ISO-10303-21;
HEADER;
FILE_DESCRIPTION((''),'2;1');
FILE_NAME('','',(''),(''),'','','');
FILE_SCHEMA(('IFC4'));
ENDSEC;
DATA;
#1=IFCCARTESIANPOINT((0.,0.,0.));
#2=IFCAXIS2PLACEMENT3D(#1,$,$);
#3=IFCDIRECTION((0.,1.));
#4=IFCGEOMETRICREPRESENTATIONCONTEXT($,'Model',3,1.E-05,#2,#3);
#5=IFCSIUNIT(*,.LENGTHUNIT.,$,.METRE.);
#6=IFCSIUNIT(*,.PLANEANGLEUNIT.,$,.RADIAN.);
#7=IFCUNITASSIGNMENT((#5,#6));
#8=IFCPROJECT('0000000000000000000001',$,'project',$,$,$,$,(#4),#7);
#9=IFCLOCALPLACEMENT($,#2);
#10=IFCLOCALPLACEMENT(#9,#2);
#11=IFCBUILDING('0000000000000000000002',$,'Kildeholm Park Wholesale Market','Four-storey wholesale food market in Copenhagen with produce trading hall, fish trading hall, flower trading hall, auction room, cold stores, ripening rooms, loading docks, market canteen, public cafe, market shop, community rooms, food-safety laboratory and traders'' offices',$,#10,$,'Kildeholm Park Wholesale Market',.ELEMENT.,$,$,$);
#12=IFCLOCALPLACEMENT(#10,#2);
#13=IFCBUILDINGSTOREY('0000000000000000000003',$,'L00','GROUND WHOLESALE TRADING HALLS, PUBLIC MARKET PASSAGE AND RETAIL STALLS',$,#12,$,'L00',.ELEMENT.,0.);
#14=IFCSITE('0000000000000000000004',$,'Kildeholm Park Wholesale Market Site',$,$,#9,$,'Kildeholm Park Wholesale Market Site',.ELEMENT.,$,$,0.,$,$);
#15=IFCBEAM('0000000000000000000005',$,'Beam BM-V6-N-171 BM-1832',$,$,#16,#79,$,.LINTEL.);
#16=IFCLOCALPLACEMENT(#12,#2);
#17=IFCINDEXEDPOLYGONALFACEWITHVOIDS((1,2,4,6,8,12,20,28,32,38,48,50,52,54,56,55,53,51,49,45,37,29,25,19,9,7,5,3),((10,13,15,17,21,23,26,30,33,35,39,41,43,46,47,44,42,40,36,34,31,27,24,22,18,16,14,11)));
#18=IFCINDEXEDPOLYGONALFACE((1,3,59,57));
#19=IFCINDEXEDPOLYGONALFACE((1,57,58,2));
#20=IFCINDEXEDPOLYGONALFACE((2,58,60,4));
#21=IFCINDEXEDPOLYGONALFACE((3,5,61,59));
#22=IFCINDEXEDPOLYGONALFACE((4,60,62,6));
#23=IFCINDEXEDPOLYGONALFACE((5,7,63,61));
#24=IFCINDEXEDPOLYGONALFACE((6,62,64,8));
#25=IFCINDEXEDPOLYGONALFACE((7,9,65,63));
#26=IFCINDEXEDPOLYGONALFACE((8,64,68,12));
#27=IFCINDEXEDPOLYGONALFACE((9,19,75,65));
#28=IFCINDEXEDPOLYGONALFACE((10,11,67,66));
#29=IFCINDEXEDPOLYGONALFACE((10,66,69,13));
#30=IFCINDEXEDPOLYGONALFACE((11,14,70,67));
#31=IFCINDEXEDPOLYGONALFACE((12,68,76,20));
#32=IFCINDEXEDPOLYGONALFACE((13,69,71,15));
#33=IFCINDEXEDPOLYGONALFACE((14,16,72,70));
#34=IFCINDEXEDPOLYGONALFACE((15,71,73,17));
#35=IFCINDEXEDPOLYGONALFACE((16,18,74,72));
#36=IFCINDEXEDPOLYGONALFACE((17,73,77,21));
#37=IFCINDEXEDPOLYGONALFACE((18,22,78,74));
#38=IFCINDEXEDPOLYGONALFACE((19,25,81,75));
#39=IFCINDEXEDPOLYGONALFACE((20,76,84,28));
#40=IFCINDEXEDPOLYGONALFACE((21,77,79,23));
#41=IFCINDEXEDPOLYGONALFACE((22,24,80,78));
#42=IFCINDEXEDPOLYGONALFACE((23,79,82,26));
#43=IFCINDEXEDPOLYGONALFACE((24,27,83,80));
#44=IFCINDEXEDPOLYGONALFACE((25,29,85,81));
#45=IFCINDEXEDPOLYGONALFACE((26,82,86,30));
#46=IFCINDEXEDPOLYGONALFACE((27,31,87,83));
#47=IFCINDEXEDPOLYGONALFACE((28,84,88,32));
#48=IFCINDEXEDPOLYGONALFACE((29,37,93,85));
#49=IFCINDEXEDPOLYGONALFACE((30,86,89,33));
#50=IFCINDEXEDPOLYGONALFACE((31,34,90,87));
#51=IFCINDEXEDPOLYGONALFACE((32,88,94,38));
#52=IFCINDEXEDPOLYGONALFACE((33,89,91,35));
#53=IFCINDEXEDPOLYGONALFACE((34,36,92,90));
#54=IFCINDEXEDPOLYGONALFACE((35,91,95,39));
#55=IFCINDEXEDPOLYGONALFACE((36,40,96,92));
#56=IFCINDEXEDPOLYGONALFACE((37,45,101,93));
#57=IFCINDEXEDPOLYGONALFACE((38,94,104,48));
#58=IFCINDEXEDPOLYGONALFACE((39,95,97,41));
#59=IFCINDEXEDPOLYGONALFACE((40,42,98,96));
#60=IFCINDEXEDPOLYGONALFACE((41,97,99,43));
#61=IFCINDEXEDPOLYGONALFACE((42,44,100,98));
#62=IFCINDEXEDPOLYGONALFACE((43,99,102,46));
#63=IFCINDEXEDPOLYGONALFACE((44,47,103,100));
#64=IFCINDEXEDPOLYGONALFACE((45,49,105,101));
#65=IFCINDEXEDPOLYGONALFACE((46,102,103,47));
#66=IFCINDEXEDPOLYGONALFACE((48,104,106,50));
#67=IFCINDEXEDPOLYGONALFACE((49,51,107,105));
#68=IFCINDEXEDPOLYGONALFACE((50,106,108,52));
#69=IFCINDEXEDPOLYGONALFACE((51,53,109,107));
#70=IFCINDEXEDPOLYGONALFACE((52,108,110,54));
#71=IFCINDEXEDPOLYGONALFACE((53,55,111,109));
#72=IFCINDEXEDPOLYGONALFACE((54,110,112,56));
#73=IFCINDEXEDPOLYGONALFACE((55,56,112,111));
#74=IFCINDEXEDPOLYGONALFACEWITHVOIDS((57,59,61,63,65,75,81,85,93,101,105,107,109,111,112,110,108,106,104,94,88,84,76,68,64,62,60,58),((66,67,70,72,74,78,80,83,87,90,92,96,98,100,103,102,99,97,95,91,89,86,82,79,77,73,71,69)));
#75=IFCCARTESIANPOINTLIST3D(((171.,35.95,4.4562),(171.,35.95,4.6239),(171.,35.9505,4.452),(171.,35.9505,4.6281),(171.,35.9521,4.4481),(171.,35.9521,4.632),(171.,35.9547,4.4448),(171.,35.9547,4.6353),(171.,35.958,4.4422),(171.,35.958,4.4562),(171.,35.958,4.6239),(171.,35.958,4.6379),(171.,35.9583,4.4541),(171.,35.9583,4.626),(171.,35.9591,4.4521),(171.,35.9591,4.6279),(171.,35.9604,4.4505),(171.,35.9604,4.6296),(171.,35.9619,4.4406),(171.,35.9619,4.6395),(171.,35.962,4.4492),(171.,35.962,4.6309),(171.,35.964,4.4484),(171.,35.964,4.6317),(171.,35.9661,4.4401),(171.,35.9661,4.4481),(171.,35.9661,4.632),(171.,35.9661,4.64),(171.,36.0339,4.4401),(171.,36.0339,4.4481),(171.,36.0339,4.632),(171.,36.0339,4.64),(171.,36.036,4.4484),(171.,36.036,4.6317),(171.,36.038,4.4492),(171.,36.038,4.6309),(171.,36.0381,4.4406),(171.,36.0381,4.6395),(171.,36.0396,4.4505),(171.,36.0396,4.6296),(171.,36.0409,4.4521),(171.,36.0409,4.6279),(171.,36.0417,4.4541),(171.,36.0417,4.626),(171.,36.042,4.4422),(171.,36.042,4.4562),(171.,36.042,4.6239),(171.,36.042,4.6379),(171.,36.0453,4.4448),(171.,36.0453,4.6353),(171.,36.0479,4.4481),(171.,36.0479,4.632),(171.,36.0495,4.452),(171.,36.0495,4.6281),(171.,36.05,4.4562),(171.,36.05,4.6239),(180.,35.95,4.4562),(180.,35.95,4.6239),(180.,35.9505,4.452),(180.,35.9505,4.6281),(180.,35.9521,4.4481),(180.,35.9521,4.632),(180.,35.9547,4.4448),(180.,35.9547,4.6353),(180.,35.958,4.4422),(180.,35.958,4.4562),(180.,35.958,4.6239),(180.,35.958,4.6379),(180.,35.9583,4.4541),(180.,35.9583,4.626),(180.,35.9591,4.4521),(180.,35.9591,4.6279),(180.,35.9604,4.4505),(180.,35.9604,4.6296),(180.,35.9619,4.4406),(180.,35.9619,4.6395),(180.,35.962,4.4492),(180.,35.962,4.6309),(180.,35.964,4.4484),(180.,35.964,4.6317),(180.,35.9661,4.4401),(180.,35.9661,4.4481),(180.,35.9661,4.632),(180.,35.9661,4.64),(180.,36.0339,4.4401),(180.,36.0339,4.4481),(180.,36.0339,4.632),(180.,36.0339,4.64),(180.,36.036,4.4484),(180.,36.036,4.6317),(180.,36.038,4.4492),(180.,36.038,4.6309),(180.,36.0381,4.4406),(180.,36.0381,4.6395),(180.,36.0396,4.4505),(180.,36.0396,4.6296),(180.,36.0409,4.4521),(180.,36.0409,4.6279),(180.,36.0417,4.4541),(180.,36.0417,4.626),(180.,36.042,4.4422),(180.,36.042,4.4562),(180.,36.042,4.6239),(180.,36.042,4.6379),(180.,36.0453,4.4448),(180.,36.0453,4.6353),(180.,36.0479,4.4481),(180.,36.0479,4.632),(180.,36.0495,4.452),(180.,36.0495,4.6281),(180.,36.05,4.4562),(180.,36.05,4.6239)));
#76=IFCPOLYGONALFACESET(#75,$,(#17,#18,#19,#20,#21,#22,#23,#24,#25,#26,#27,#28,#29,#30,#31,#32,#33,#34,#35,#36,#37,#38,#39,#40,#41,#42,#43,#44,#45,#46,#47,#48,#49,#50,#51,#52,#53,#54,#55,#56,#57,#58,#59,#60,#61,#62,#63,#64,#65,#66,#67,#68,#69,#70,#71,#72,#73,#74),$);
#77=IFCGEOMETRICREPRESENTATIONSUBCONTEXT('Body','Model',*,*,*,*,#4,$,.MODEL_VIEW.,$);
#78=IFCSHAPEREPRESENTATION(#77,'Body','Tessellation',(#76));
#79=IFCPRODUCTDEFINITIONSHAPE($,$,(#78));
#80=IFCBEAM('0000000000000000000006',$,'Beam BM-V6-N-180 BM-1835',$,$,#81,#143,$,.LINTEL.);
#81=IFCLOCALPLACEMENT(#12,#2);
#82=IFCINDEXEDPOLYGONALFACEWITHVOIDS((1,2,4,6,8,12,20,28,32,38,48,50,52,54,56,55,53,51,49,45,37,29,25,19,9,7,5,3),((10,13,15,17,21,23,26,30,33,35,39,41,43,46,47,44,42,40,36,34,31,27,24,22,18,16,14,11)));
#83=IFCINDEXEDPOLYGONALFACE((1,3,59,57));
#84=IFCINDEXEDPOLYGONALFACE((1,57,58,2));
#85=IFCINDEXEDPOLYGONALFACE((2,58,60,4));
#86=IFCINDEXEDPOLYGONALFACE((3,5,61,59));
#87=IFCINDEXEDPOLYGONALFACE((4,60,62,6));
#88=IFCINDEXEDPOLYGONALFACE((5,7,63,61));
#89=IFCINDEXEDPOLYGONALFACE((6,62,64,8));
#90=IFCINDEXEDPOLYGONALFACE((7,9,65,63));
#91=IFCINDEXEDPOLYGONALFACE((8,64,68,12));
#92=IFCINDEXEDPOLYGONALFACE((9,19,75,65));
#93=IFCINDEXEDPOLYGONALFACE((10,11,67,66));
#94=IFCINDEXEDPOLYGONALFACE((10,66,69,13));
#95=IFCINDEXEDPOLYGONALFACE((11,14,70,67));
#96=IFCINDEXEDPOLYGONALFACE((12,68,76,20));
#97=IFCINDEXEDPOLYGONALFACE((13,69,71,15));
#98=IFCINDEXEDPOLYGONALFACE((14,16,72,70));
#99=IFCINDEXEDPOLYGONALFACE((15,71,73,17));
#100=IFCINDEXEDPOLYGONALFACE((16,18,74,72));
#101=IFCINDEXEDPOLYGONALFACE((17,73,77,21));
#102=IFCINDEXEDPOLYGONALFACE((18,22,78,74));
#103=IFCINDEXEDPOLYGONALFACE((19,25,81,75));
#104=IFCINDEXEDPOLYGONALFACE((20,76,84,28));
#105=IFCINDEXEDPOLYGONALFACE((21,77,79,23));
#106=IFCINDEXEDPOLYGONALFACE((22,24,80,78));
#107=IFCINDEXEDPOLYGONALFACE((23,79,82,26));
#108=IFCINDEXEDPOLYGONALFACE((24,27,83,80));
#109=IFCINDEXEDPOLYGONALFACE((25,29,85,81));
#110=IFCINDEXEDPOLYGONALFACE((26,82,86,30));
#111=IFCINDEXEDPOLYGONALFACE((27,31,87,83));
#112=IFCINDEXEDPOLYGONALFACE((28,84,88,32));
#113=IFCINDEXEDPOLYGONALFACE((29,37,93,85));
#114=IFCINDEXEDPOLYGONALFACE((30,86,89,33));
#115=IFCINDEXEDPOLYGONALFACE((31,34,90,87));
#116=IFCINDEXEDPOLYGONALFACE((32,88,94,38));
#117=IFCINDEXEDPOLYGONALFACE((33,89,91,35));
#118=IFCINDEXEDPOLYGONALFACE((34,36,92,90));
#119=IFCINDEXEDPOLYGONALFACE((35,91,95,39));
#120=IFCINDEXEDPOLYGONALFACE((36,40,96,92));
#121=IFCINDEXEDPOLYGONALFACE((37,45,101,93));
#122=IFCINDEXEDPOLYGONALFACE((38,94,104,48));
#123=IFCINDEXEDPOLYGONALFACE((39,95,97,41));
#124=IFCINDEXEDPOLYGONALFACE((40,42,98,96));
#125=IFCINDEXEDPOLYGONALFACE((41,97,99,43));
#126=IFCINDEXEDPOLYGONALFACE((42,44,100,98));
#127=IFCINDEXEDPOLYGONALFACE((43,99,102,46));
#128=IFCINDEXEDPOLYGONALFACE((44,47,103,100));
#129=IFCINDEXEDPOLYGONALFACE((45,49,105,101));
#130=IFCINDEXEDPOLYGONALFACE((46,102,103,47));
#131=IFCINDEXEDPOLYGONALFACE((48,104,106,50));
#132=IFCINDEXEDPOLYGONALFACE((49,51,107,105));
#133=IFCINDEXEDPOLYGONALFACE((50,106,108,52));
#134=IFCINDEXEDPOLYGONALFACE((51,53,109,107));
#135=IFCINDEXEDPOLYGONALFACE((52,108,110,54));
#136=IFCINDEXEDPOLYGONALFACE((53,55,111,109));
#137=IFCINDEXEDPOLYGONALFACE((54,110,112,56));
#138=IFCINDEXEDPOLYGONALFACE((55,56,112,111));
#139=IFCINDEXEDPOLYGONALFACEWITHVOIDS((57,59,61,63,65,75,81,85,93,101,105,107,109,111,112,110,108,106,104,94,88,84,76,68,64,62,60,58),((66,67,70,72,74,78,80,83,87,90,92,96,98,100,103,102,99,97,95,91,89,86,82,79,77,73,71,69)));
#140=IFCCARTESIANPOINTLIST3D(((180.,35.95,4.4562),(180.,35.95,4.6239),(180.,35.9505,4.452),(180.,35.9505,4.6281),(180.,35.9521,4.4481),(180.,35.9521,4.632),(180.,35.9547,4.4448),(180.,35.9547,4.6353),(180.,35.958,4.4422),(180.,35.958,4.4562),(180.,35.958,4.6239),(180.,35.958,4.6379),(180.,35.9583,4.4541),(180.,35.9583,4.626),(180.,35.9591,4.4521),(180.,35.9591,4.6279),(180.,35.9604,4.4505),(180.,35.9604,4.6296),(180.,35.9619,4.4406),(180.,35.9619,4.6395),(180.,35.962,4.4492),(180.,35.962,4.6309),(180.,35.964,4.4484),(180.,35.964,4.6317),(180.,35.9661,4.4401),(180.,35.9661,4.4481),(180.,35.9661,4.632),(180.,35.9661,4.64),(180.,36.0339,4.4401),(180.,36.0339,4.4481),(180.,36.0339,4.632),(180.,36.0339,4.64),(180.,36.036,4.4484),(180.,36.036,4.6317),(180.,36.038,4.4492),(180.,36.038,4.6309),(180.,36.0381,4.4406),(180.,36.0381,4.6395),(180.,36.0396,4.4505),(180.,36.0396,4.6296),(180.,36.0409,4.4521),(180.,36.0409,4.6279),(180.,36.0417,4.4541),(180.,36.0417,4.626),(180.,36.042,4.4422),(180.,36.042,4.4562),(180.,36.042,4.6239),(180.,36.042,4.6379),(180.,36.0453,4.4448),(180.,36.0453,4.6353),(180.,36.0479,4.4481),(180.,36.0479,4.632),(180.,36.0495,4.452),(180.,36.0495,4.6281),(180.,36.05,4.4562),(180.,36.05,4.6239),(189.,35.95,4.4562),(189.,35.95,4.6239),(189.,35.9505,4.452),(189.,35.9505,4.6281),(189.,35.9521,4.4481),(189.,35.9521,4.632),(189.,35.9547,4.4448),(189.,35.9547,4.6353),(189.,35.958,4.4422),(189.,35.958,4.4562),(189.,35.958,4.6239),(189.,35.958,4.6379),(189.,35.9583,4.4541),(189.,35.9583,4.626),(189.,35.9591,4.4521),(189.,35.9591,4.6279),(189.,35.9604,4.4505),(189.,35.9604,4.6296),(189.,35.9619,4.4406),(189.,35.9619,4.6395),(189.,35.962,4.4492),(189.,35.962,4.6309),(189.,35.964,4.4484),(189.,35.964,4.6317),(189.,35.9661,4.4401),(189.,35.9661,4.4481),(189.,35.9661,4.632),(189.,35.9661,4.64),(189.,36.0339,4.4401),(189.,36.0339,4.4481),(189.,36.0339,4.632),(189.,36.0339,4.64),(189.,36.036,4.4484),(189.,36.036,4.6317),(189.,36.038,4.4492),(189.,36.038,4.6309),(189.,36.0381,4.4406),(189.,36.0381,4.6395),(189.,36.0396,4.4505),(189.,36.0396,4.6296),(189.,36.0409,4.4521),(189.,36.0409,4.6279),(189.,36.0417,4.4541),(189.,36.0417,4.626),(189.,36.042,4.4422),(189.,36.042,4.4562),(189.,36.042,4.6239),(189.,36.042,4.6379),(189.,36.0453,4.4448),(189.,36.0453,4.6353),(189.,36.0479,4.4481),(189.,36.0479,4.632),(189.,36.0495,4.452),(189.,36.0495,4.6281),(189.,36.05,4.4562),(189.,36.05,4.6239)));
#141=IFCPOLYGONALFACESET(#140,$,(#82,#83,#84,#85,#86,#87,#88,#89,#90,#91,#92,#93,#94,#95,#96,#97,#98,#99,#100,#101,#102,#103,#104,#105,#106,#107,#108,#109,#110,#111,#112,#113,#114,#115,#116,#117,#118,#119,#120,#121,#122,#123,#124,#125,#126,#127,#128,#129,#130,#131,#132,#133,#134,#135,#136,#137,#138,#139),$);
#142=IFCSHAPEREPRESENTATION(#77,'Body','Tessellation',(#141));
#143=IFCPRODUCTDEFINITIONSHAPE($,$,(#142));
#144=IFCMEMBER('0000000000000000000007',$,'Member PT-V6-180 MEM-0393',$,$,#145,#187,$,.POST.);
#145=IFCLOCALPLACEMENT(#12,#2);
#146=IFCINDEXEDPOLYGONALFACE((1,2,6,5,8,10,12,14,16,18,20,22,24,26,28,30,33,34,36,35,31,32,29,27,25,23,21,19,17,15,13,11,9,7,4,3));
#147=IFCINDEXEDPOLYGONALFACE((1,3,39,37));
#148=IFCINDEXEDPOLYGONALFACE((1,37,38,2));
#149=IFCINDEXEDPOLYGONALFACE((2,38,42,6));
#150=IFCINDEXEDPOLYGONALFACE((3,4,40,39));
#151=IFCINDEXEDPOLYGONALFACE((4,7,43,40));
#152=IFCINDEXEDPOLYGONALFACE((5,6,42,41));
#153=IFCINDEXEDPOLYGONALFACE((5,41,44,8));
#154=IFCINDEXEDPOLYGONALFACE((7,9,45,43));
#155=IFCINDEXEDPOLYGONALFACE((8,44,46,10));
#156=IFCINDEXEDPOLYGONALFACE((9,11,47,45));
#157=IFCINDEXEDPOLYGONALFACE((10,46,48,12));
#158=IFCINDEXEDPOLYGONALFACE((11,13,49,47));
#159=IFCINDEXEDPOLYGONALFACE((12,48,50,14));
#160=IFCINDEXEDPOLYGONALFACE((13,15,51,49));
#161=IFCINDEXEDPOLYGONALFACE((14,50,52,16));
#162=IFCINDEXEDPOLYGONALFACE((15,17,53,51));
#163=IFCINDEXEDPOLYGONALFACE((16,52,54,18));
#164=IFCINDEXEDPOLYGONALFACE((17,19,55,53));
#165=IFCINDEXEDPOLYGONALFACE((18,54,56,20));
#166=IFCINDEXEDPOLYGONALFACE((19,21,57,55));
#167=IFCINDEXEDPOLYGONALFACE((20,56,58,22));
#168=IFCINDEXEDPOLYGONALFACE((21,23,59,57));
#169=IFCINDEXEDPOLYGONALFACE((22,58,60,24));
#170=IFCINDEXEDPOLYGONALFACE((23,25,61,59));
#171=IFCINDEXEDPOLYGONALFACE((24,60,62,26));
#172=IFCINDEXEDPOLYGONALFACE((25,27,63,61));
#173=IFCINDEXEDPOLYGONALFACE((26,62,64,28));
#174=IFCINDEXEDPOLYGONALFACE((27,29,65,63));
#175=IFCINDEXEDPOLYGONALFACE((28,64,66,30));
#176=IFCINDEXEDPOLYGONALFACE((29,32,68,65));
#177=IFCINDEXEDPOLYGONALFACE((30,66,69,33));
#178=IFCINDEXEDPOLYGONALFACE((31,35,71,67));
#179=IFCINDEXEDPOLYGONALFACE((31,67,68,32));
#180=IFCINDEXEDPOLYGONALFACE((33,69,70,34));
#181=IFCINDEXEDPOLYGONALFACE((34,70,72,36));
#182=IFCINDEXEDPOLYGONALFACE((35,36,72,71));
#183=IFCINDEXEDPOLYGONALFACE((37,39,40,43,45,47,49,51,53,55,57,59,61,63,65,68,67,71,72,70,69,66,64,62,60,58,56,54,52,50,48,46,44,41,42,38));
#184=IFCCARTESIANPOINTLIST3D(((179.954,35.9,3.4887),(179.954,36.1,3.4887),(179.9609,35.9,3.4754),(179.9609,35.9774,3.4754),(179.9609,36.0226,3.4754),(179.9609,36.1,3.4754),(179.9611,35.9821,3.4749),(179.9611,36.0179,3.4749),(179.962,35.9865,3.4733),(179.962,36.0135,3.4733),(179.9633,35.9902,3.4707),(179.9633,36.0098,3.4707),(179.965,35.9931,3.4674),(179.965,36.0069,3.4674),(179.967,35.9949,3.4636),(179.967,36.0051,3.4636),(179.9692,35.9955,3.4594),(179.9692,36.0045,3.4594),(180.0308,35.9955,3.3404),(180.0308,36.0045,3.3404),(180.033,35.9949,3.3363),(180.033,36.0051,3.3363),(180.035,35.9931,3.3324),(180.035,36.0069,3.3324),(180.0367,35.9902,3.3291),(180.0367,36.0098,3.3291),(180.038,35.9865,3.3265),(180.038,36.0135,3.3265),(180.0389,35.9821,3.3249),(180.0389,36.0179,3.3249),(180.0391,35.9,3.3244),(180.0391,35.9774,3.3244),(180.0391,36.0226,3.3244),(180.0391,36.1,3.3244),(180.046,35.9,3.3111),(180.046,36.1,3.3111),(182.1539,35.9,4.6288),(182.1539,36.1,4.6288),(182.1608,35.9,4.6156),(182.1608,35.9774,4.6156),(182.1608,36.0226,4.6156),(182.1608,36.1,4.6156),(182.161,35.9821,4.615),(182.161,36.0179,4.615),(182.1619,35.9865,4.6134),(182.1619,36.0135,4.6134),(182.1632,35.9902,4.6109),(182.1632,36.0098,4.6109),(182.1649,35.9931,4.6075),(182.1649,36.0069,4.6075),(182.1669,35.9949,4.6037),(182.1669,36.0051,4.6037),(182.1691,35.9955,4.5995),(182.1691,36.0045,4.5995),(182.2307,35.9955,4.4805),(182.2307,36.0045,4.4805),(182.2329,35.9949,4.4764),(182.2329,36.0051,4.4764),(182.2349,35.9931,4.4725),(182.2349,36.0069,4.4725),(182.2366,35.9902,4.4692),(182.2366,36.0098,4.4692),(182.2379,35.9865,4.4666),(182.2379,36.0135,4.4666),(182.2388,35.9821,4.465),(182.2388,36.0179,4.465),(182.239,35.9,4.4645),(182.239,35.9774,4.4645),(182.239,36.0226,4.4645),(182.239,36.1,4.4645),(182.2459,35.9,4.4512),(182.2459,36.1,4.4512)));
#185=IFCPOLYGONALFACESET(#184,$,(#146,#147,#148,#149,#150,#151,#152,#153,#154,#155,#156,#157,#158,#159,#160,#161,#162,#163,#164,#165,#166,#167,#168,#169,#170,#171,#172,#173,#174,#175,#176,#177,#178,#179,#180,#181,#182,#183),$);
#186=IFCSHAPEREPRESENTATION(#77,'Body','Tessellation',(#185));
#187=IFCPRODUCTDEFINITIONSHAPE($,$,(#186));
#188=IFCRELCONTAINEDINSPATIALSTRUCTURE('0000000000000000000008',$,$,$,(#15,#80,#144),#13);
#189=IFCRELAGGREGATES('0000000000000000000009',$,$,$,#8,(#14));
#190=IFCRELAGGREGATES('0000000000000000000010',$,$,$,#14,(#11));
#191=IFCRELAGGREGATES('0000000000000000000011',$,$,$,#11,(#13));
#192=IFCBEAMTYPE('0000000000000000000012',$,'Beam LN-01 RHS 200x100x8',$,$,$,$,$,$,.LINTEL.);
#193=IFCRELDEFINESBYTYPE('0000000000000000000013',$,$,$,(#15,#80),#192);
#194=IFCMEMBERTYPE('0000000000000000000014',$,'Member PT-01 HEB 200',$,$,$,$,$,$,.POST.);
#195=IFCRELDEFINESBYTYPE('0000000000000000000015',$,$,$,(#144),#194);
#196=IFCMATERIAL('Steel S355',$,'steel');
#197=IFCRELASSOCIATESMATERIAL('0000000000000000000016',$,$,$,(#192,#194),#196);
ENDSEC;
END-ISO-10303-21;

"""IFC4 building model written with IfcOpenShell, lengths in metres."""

from ifc_helpers import new_model, si_unit, direction, frame, origin, origin_2d, place, context, subcontext, project, spatial, hollow_rectangle, i_section, extrude, material, material_profile, profile_set, type_object, element, save


model = new_model("IFC4")

# Units and contexts
model_context = context("Model", 3, precision=1e-05, world=origin(), true_north=direction((0.0, 1.0)))
body_context = subcontext(model_context, "Body", "Model", "MODEL_VIEW")
ifc_project = project(units=[si_unit("LENGTHUNIT", "METRE"), si_unit("PLANEANGLEUNIT", "RADIAN")], contexts=[model_context])

# Site, building, storey
site_placement = place(None, origin())
site = spatial("IfcSite", under=ifc_project, at=site_placement, Name="Kildeholm Park Wholesale Market Site", LongName="Kildeholm Park Wholesale Market Site", CompositionType="ELEMENT", RefElevation=0.0)
building_placement = place(site_placement, origin())
building = spatial("IfcBuilding", under=site, at=building_placement, Name="Kildeholm Park Wholesale Market", Description="Four-storey wholesale food market in Copenhagen with produce trading hall, fish trading hall, flower trading hall, auction room, cold stores, ripening rooms, loading docks, market canteen, public cafe, market shop, community rooms, food-safety laboratory and traders' offices", LongName="Kildeholm Park Wholesale Market", CompositionType="ELEMENT")
storey_placement = place(building_placement, origin())
storey = spatial("IfcBuildingStorey", under=building, at=storey_placement, Name="L00", Description="GROUND WHOLESALE TRADING HALLS, PUBLIC MARKET PASSAGE AND RETAIL STALLS", LongName="L00", CompositionType="ELEMENT", Elevation=0.0)

# Shared definitions
ifc_material_1 = material(Name="Steel S355", Category="steel")

# Beams
ifc_material_profile_1 = material_profile(ifc_material_1, hollow_rectangle(XDim=0.1001, YDim=0.2, WallThickness=0.0081, InnerFilletRadius=0.0081, OuterFilletRadius=0.0161, at=origin_2d()), Name="RHS 200x100x8")
ifc_profile_set_1 = profile_set([ifc_material_profile_1], Name="Steel S355")
beam_type = type_object("IfcBeamType", Name="Beam LN-01 RHS 200x100x8", PredefinedType="LINTEL", material=ifc_profile_set_1)
for number, where, z_axis, x_axis, name in (
    (1, (171.0, 36.0, 4.54), (1.0, 0.0, 0.0), (0.0, 1.0, 0.0), "Beam BM-V6-N-171 BM-1832"),
    (2, (180.0, 36.0, 4.54), (1.0, 0.0, 0.0), (0.0, 1.0, 0.0), "Beam BM-V6-N-180 BM-1835"),
):
    element("IfcBeam", number, at=place(storey_placement, frame(where, z_axis=z_axis, x_axis=x_axis)), inside=storey, type_object=beam_type, Name=name, PredefinedType="LINTEL", context=body_context, shape_type="SweptSolid", body=[
        extrude(hollow_rectangle(XDim=0.1001, YDim=0.2, WallThickness=0.0081, InnerFilletRadius=0.0081, OuterFilletRadius=0.0161, at=origin_2d()), origin(), (0.0, 0.0, 1.0), 9.0),
    ])

# Member
ifc_material_profile_2 = material_profile(ifc_material_1, i_section(OverallWidth=0.2, OverallDepth=0.2, WebThickness=0.009, FlangeThickness=0.0149, FilletRadius=0.0181, at=origin_2d()), Name="HEB 200")
ifc_profile_set_2 = profile_set([ifc_material_profile_2], Name="Steel S355")
member_type_1 = type_object("IfcMemberType", Name="Member PT-01 HEB 200", PredefinedType="POST", material=ifc_profile_set_2)
member_1_placement = place(storey_placement, frame((180.0, 36.0, 3.3999), z_axis=(0.88785, 0.0, 0.460133), x_axis=(0.0, 1.0, 0.0)))
element("IfcMember", 3, at=member_1_placement, inside=storey, type_object=member_type_1, Name="Member PT-V6-180 MEM-0393", PredefinedType="POST", context=body_context, shape_type="SweptSolid", body=[
    extrude(i_section(OverallWidth=0.2, OverallDepth=0.2, WebThickness=0.009, FlangeThickness=0.0149, FilletRadius=0.0181, at=origin_2d()), origin(), (0.0, 0.0, 1.0), 2.4778),
])

save(model, "model.ifc")
